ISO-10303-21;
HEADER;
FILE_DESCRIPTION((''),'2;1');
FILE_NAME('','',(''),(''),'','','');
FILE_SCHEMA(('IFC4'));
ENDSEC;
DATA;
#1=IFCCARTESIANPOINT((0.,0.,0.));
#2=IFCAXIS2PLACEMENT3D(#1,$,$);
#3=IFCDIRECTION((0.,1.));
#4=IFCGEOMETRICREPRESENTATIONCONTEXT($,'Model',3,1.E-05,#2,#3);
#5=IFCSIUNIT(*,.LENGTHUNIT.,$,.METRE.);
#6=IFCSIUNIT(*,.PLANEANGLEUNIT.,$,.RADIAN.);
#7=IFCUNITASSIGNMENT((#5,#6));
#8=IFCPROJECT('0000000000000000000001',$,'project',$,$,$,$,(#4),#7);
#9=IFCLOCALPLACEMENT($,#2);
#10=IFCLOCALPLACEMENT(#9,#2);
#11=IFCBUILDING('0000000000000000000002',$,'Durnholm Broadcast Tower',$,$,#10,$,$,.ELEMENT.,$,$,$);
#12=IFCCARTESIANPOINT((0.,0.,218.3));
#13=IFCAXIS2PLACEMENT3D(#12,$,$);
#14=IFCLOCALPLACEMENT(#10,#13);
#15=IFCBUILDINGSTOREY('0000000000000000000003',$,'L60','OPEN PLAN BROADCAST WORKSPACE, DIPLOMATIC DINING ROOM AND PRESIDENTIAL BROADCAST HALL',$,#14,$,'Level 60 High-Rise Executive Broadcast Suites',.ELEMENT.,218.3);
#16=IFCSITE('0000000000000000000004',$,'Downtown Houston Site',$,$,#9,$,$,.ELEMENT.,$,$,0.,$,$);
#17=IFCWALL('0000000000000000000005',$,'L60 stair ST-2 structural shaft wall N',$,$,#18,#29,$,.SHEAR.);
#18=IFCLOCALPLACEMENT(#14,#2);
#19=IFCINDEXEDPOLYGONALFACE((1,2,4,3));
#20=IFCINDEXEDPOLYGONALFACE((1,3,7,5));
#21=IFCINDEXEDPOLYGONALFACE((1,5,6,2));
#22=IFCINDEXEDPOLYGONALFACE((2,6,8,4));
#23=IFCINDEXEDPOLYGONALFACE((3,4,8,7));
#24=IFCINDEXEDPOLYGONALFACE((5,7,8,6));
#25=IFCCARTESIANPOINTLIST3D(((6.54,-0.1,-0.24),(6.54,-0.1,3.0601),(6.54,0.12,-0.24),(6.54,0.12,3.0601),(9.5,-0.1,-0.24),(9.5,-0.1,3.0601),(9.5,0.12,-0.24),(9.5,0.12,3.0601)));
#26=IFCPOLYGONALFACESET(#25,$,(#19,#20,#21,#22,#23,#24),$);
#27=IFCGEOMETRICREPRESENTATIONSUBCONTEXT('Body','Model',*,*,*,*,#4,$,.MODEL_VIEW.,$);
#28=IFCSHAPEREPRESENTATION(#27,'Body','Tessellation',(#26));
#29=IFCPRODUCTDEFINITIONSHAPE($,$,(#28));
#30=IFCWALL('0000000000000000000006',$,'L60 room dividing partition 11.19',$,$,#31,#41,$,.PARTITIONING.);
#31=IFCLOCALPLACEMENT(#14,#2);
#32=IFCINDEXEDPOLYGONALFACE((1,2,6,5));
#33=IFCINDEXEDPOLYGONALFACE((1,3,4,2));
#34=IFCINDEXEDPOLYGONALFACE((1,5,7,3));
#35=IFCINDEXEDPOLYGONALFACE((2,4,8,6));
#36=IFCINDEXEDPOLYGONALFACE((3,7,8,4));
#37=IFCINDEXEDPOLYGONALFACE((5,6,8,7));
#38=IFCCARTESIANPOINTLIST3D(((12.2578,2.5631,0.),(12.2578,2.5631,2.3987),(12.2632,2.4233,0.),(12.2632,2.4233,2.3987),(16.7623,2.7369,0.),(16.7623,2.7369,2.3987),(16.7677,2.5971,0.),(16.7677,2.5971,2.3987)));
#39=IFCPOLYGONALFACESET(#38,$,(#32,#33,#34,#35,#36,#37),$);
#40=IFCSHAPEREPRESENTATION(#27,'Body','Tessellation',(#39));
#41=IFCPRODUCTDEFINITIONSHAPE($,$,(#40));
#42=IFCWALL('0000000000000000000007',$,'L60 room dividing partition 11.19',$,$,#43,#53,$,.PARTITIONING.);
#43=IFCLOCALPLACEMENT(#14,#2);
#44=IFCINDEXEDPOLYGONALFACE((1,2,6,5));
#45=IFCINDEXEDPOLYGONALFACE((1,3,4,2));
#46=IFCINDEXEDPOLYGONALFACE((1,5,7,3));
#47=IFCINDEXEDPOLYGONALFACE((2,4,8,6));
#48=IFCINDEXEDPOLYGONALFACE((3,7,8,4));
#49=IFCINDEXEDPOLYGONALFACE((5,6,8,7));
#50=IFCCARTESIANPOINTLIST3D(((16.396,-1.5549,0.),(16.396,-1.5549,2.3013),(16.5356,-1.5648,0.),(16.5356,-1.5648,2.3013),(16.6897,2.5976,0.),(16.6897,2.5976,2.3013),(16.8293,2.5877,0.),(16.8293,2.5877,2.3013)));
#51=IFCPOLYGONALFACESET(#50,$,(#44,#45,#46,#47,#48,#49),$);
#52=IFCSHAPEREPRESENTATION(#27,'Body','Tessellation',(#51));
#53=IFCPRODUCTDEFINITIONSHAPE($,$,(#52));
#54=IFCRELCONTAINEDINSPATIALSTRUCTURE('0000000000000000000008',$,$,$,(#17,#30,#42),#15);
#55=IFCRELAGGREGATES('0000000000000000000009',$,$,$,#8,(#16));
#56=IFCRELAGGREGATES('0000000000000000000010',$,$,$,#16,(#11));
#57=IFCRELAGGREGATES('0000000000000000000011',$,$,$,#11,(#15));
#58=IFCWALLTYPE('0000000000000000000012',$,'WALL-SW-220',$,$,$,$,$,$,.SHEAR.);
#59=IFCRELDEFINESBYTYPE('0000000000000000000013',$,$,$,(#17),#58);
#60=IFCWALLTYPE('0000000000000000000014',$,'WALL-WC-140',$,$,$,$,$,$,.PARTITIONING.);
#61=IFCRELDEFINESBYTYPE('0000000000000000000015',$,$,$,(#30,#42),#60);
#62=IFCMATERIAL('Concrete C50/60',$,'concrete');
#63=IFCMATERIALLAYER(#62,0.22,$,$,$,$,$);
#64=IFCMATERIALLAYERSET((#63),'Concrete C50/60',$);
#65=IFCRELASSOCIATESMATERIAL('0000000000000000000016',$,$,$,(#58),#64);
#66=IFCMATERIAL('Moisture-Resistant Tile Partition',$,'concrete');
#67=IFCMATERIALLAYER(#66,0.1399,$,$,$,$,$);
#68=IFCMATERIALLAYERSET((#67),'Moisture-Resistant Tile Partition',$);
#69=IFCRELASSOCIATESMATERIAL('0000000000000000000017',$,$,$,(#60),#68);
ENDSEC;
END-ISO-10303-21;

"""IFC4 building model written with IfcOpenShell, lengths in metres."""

from ifc_helpers import new_model, si_unit, direction, frame, frame_2d, origin, place, context, subcontext, project, spatial, rectangle, extrude, material, layer, layer_set, type_object, element, save


model = new_model("IFC4")

# Units and contexts
model_context = context("Model", 3, precision=1e-05, world=origin(), true_north=direction((0.0, 1.0)))
body_context = subcontext(model_context, "Body", "Model", "MODEL_VIEW")
ifc_project = project(units=[si_unit("LENGTHUNIT", "METRE"), si_unit("PLANEANGLEUNIT", "RADIAN")], contexts=[model_context])

# Site, building, storey
site_placement = place(None, origin())
site = spatial("IfcSite", under=ifc_project, at=site_placement, Name="Downtown Houston Site", CompositionType="ELEMENT", RefElevation=0.0)
building_placement = place(site_placement, origin())
building = spatial("IfcBuilding", under=site, at=building_placement, Name="Durnholm Broadcast Tower", CompositionType="ELEMENT")
storey_placement = place(building_placement, frame((0.0, 0.0, 218.3)))
storey = spatial("IfcBuildingStorey", under=building, at=storey_placement, Name="L60", Description="OPEN PLAN BROADCAST WORKSPACE, DIPLOMATIC DINING ROOM AND PRESIDENTIAL BROADCAST HALL", LongName="Level 60 High-Rise Executive Broadcast Suites", CompositionType="ELEMENT", Elevation=218.3)

# Walls
ifc_material_1 = material(Name="Concrete C50/60", Category="concrete")
ifc_layer_1 = layer(ifc_material_1, 0.22)
ifc_layer_set_1 = layer_set([ifc_layer_1], Name="Concrete C50/60")
wall_type_1 = type_object("IfcWallType", Name="WALL-SW-220", PredefinedType="SHEAR", material=ifc_layer_set_1)
wall_1_placement = place(storey_placement, frame((9.5, 0.01, -0.24), z_axis=(0.0, 0.0, 1.0), x_axis=(-1.0, 0.0, 0.0)))
element("IfcWall", 1, at=wall_1_placement, inside=storey, type_object=wall_type_1, Name="L60 stair ST-2 structural shaft wall N", PredefinedType="SHEAR", context=body_context, shape_type="SweptSolid", body=[
    extrude(rectangle(XDim=2.96, YDim=0.22, at=frame_2d((1.48, 0.0))), origin(), (0.0, 0.0, 1.0), 3.3),
])
ifc_material_2 = material(Name="Moisture-Resistant Tile Partition", Category="concrete")
ifc_layer_2 = layer(ifc_material_2, 0.1399)
ifc_layer_set_2 = layer_set([ifc_layer_2], Name="Moisture-Resistant Tile Partition")
wall_type_2 = type_object("IfcWallType", Name="WALL-WC-140", PredefinedType="PARTITIONING", material=ifc_layer_set_2)
wall_2_placement = place(storey_placement, frame((12.2605, 2.4932, 0.0), z_axis=(0.0, 0.0, 1.0), x_axis=(0.999256, 0.038562, 0.0)))
element("IfcWall", 2, at=wall_2_placement, inside=storey, type_object=wall_type_2, Name="L60 room dividing partition 11.19", PredefinedType="PARTITIONING", context=body_context, shape_type="SweptSolid", body=[
    extrude(rectangle(XDim=4.5078, YDim=0.1399, at=frame_2d((2.2539, 0.0))), origin(), (0.0, 0.0, 1.0), 2.3987),
])
wall_3_placement = place(storey_placement, frame((16.7595, 2.5928, 0.0), z_axis=(0.0, 0.0, 1.0), x_axis=(-0.070551, -0.997508, 0.0)))
element("IfcWall", 3, at=wall_3_placement, inside=storey, type_object=wall_type_2, Name="L60 room dividing partition 11.19", PredefinedType="PARTITIONING", context=body_context, shape_type="SweptSolid", body=[
    extrude(rectangle(XDim=4.1628, YDim=0.1399, at=frame_2d((2.0815, 0.0))), origin(), (0.0, 0.0, 1.0), 2.3013),
])

save(model, "model.ifc")
